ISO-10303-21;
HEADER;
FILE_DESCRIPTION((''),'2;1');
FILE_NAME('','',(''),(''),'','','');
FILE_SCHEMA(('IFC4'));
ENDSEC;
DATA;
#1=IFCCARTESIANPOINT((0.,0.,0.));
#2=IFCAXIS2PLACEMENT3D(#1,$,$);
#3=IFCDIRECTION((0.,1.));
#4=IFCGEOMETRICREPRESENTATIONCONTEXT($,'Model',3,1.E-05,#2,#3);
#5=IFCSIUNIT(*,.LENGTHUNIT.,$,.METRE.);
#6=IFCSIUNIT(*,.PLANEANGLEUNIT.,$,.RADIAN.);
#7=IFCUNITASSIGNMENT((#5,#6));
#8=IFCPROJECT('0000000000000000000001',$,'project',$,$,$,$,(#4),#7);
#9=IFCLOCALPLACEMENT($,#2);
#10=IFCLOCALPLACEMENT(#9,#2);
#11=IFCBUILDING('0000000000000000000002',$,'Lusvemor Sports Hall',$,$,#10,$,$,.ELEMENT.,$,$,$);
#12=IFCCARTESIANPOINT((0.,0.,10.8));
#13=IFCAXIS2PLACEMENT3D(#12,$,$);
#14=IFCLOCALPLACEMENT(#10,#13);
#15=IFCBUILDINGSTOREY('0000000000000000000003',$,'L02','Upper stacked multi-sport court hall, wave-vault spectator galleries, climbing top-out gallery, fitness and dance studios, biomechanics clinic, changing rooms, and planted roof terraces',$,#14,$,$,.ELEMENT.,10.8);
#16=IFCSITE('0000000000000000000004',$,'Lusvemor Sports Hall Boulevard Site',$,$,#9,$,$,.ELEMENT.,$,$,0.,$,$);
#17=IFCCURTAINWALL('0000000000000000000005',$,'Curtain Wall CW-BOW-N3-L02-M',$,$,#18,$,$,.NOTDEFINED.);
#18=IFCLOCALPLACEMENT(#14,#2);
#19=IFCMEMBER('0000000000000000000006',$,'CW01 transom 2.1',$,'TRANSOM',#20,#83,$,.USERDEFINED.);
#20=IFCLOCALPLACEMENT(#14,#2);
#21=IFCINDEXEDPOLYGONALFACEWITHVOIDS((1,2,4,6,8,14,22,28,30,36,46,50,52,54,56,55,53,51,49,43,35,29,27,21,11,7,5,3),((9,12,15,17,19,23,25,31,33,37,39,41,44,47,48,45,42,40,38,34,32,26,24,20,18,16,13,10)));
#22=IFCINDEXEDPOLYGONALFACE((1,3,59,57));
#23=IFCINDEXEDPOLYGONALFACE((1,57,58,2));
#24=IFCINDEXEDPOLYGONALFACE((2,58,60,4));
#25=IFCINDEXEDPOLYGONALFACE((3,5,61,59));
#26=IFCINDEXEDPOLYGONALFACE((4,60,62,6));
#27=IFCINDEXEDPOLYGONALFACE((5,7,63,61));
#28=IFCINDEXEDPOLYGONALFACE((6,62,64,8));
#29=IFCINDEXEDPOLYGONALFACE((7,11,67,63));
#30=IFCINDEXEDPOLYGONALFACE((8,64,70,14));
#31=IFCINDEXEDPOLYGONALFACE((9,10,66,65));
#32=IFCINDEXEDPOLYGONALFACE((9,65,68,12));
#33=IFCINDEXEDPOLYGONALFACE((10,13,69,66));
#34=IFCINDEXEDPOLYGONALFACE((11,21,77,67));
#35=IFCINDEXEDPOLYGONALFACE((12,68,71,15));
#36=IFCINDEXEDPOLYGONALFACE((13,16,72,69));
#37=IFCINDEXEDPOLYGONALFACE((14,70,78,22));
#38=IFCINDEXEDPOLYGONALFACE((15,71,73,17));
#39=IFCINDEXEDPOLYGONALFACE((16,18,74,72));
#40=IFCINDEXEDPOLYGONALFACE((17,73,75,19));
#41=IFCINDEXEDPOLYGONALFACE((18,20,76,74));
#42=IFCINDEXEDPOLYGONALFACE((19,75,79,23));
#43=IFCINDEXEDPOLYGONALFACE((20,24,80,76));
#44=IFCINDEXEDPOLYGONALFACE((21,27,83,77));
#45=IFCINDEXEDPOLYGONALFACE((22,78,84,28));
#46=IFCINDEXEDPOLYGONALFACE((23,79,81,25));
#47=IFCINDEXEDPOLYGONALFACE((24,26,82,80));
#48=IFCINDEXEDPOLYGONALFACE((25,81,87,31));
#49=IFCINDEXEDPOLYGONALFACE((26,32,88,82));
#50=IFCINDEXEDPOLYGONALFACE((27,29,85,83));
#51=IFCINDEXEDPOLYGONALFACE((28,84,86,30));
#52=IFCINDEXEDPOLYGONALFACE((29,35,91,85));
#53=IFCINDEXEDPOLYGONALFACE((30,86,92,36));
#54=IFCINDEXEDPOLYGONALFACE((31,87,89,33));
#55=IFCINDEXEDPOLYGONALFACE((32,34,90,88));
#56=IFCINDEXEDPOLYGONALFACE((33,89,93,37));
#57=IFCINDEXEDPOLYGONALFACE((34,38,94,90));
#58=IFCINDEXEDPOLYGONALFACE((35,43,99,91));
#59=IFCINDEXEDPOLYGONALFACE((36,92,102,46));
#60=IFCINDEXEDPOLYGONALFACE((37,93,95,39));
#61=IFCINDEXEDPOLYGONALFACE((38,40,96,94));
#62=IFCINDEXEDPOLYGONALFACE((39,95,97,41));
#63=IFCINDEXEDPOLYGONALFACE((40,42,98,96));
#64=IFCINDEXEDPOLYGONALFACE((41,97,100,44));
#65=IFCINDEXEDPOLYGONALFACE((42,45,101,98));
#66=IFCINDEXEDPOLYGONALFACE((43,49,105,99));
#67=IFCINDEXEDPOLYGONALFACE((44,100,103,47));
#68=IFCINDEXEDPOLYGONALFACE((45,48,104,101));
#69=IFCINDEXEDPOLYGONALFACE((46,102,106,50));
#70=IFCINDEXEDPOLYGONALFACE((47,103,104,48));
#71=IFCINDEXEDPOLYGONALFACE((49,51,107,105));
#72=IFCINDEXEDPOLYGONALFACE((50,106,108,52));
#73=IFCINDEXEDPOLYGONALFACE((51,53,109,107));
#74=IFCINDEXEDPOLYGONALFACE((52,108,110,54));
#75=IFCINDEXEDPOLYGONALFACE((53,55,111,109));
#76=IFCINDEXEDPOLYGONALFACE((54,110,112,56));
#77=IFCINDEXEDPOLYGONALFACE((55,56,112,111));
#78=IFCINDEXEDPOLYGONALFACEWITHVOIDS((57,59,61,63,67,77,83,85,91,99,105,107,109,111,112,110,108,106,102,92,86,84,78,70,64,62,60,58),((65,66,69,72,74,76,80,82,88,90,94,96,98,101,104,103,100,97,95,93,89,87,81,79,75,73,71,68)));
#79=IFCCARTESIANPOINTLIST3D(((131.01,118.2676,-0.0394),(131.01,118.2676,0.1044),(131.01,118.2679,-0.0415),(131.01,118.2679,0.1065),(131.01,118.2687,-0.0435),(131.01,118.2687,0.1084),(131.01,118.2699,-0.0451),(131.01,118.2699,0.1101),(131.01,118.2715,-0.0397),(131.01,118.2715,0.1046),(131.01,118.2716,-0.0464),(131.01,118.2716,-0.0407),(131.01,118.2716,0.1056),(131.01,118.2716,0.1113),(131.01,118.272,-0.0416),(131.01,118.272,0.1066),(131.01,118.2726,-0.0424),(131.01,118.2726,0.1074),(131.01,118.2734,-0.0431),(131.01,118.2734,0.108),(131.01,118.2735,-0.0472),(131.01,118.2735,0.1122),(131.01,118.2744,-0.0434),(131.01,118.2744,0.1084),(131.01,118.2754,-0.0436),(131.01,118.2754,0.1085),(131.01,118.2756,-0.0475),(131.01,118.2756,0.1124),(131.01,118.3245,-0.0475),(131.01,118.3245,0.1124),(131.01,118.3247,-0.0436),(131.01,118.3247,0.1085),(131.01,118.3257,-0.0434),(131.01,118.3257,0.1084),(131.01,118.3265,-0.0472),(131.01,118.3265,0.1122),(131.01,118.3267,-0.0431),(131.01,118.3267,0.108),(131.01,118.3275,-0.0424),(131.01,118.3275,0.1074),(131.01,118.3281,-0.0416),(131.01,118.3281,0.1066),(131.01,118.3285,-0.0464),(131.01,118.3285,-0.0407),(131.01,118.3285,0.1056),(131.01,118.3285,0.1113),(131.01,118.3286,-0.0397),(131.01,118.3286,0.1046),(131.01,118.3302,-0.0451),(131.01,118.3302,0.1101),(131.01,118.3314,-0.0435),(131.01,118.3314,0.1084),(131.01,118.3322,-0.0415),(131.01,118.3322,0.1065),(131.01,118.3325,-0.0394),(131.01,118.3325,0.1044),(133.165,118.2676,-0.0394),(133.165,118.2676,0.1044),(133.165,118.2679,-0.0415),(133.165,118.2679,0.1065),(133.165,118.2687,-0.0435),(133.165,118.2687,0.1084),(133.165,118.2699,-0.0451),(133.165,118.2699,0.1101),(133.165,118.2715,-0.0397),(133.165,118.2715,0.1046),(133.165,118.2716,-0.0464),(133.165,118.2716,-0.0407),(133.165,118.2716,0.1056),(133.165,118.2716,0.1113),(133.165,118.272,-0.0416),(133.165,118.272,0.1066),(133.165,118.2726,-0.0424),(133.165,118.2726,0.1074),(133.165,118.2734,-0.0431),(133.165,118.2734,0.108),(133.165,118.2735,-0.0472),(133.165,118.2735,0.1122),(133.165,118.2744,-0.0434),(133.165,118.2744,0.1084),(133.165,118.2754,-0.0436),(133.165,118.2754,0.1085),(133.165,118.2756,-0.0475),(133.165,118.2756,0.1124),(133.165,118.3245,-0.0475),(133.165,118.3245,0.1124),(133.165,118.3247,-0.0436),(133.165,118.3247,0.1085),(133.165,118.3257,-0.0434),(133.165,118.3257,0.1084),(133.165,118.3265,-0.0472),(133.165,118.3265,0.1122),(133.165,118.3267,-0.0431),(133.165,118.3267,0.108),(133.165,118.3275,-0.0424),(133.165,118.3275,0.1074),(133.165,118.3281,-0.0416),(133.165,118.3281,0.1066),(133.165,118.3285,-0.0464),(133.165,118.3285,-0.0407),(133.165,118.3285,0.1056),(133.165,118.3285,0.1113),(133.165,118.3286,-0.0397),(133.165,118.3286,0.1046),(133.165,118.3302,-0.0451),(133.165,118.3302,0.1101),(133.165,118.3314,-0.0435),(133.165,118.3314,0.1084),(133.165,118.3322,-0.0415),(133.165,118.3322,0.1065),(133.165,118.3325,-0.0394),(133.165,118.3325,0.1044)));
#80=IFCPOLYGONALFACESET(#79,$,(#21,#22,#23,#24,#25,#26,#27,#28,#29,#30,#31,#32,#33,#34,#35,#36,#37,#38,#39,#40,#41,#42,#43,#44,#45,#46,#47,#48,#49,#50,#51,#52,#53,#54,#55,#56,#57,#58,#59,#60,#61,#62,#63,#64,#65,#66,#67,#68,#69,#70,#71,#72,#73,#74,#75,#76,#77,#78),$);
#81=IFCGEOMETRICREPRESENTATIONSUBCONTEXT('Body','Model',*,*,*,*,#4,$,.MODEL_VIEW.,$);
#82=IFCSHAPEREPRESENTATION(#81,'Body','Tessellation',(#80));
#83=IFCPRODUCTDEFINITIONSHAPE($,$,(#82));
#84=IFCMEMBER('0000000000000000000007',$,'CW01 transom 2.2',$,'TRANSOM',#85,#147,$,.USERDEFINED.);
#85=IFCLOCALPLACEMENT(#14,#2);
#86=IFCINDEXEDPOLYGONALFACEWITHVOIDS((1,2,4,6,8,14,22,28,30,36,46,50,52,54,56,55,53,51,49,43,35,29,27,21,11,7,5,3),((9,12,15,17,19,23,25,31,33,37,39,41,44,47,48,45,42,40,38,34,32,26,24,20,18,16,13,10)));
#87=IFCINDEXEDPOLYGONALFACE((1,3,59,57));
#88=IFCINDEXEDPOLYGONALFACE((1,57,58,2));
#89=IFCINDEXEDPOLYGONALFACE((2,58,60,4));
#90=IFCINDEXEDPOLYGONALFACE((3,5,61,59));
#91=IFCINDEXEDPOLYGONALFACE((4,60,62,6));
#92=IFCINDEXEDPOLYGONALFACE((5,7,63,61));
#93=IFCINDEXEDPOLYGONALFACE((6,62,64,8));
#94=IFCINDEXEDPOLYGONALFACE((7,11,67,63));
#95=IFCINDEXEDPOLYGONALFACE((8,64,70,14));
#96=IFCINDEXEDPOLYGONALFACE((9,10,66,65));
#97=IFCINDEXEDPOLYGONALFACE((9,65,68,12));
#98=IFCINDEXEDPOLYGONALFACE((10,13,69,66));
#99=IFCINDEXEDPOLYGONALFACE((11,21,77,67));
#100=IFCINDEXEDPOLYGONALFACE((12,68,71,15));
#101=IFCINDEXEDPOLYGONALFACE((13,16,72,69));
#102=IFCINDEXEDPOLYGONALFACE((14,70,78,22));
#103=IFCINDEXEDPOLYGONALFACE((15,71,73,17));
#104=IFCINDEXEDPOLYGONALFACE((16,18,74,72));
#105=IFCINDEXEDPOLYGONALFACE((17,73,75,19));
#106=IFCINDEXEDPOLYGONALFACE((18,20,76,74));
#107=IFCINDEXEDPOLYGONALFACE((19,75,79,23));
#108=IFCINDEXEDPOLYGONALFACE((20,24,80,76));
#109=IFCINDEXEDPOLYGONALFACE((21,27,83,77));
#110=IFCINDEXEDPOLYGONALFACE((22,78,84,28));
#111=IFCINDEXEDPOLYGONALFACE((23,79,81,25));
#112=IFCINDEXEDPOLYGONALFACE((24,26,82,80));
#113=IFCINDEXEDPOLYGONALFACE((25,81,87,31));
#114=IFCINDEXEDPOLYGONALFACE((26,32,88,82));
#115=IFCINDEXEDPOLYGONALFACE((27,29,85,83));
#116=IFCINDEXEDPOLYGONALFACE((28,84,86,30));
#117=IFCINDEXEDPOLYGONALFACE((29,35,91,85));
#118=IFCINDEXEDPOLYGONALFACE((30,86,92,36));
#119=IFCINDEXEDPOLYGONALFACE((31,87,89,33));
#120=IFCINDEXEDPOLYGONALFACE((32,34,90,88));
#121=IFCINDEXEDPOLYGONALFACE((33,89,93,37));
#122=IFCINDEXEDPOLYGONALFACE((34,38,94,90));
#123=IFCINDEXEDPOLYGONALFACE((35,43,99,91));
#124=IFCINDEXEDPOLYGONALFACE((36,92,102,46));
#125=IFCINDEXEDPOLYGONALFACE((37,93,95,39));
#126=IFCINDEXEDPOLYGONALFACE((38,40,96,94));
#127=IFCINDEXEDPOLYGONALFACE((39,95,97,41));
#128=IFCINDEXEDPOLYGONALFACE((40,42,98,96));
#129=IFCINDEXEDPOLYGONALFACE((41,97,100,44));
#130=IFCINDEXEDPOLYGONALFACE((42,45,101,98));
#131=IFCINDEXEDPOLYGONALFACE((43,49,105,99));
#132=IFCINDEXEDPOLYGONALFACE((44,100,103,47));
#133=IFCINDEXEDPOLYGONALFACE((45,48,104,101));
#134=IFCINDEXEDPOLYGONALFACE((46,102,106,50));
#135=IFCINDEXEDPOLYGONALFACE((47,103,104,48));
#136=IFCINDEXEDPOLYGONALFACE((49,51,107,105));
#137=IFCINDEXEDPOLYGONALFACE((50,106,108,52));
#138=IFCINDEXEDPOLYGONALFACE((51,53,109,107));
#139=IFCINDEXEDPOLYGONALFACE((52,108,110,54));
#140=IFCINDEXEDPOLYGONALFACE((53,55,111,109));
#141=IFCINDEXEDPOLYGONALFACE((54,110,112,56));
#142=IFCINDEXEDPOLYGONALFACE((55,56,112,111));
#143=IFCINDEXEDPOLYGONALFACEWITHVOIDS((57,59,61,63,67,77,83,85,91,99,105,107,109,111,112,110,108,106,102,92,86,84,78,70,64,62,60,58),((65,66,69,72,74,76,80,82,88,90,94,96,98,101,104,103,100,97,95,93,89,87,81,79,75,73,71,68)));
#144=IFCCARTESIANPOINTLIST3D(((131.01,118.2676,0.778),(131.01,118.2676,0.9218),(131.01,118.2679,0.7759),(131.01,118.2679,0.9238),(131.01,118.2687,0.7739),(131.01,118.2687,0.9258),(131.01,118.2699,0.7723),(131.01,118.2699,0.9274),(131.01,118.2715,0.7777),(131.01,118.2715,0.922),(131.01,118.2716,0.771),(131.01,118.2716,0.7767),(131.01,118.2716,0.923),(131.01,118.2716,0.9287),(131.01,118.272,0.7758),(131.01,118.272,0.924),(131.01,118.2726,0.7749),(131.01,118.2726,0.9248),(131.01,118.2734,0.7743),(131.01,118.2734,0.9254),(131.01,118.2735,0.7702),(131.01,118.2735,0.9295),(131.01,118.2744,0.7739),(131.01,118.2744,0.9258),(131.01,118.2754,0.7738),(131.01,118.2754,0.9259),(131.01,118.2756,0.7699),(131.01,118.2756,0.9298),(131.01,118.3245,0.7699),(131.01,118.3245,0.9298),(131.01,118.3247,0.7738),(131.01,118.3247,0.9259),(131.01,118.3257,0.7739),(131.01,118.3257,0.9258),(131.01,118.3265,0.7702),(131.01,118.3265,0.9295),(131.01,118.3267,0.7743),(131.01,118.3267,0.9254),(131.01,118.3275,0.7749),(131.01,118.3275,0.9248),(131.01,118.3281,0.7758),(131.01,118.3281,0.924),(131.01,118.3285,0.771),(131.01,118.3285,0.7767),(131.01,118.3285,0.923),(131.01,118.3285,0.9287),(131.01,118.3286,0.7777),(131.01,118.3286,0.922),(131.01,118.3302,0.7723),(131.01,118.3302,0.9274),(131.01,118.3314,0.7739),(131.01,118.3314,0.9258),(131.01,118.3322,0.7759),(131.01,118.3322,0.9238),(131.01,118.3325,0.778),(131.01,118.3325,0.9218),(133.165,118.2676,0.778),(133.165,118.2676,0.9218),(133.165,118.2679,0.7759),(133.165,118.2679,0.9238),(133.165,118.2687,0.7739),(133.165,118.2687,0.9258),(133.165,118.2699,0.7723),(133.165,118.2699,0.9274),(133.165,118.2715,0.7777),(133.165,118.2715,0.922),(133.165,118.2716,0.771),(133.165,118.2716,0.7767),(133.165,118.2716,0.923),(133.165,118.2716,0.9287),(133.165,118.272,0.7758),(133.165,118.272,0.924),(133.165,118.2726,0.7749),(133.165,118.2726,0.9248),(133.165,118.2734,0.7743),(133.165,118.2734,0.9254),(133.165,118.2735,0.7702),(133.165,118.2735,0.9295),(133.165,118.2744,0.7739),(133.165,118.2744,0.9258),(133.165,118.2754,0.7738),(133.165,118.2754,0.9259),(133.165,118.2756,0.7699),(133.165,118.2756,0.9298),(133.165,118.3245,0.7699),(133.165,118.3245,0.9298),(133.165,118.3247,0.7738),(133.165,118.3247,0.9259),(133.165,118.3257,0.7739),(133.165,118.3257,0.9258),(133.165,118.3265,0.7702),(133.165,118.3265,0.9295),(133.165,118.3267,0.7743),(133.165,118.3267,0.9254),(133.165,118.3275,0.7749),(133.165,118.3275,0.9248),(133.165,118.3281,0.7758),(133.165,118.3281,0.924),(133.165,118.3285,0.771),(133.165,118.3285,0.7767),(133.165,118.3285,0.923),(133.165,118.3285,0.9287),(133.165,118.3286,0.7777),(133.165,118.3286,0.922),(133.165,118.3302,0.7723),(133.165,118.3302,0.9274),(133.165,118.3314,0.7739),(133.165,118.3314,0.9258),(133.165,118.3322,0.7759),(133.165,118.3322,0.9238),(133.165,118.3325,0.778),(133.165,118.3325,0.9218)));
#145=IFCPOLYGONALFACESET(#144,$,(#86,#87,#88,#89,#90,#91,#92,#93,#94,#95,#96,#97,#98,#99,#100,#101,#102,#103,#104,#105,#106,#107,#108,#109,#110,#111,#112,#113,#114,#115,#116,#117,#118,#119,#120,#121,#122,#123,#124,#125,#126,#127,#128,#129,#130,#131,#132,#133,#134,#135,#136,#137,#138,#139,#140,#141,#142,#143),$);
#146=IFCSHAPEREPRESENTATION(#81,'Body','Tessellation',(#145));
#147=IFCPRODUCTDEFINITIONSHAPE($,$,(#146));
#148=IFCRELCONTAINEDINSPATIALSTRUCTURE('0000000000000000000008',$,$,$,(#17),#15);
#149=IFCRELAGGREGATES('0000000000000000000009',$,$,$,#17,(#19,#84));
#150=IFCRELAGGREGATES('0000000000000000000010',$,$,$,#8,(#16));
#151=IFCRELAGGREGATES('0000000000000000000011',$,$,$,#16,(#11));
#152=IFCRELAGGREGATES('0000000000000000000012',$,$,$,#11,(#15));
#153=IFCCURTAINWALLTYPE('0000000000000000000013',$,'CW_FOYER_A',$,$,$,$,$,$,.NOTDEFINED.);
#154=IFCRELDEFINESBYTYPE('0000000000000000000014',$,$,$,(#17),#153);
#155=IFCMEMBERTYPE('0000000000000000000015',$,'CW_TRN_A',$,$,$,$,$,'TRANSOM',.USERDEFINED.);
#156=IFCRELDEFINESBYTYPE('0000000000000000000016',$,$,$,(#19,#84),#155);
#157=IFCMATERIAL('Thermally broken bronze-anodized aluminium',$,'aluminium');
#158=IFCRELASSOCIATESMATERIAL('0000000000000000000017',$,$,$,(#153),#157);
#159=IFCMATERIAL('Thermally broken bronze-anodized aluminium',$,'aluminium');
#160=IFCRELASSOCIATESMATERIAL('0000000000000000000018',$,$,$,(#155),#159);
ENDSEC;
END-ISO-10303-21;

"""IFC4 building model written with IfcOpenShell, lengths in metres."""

from ifc_helpers import new_model, si_unit, direction, frame, origin, origin_2d, place, context, subcontext, project, spatial, hollow_rectangle, extrude, material, material_profile, profile_set, type_object, element, aggregate, save


model = new_model("IFC4")

# Units and contexts
model_context = context("Model", 3, precision=1e-05, world=origin(), true_north=direction((0.0, 1.0)))
body_context = subcontext(model_context, "Body", "Model", "MODEL_VIEW")
ifc_project = project(units=[si_unit("LENGTHUNIT", "METRE"), si_unit("PLANEANGLEUNIT", "RADIAN")], contexts=[model_context])

# Site, building, storey
site_placement = place(None, origin())
site = spatial("IfcSite", under=ifc_project, at=site_placement, Name="Lusvemor Sports Hall Boulevard Site", CompositionType="ELEMENT", RefElevation=0.0)
building_placement = place(site_placement, origin())
building = spatial("IfcBuilding", under=site, at=building_placement, Name="Lusvemor Sports Hall", CompositionType="ELEMENT")
storey_placement = place(building_placement, frame((0.0, 0.0, 10.8)))
storey = spatial("IfcBuildingStorey", under=building, at=storey_placement, Name="L02", Description="Upper stacked multi-sport court hall, wave-vault spectator galleries, climbing top-out gallery, fitness and dance studios, biomechanics clinic, changing rooms, and planted roof terraces", CompositionType="ELEMENT", Elevation=10.8)

# Curtain wall
ifc_material_1 = material(Name="Thermally broken bronze-anodized aluminium", Category="aluminium")
curtain_wall_type_1 = type_object("IfcCurtainWallType", Name="CW_FOYER_A", PredefinedType="NOTDEFINED", material=ifc_material_1)
curtain_wall_1_placement = place(storey_placement, origin())
curtain_wall_1 = element("IfcCurtainWall", 1, at=curtain_wall_1_placement, inside=storey, type_object=curtain_wall_type_1, Name="Curtain Wall CW-BOW-N3-L02-M", PredefinedType="NOTDEFINED")

# Members
ifc_material_2 = material(Name="Thermally broken bronze-anodized aluminium", Category="aluminium")
ifc_material_profile_1 = material_profile(ifc_material_2, hollow_rectangle(XDim=0.0649, YDim=0.1599, WallThickness=0.0039, InnerFilletRadius=0.0039, OuterFilletRadius=0.0081, at=origin_2d()), Name="CWTRN160x65x4")
ifc_profile_set_1 = profile_set([ifc_material_profile_1], Name="Thermally broken bronze-anodized aluminium")
member_type_1 = type_object("IfcMemberType", Name="CW_TRN_A", ElementType="TRANSOM", PredefinedType="USERDEFINED", material=ifc_profile_set_1)
member_1_placement = place(storey_placement, frame((131.01, 118.3, 0.0325), z_axis=(1.0, 0.0, 0.0), x_axis=(0.0, 1.0, 0.0)))
member_1 = element("IfcMember", 2, at=member_1_placement, type_object=member_type_1, Name="CW01 transom 2.1", ObjectType="TRANSOM", PredefinedType="USERDEFINED", context=body_context, shape_type="SweptSolid", body=[
    extrude(hollow_rectangle(XDim=0.0649, YDim=0.1599, WallThickness=0.0039, InnerFilletRadius=0.0039, OuterFilletRadius=0.0081, at=origin_2d()), origin(), (0.0, 0.0, 1.0), 2.155),
])
member_2_placement = place(storey_placement, frame((131.01, 118.3, 0.8499), z_axis=(1.0, 0.0, 0.0), x_axis=(0.0, 1.0, 0.0)))
member_2 = element("IfcMember", 3, at=member_2_placement, type_object=member_type_1, Name="CW01 transom 2.2", ObjectType="TRANSOM", PredefinedType="USERDEFINED", context=body_context, shape_type="SweptSolid", body=[
    extrude(hollow_rectangle(XDim=0.0649, YDim=0.1599, WallThickness=0.0039, InnerFilletRadius=0.0039, OuterFilletRadius=0.0081, at=origin_2d()), origin(), (0.0, 0.0, 1.0), 2.155),
])

aggregate(curtain_wall_1, [member_1, member_2])

save(model, "model.ifc")
